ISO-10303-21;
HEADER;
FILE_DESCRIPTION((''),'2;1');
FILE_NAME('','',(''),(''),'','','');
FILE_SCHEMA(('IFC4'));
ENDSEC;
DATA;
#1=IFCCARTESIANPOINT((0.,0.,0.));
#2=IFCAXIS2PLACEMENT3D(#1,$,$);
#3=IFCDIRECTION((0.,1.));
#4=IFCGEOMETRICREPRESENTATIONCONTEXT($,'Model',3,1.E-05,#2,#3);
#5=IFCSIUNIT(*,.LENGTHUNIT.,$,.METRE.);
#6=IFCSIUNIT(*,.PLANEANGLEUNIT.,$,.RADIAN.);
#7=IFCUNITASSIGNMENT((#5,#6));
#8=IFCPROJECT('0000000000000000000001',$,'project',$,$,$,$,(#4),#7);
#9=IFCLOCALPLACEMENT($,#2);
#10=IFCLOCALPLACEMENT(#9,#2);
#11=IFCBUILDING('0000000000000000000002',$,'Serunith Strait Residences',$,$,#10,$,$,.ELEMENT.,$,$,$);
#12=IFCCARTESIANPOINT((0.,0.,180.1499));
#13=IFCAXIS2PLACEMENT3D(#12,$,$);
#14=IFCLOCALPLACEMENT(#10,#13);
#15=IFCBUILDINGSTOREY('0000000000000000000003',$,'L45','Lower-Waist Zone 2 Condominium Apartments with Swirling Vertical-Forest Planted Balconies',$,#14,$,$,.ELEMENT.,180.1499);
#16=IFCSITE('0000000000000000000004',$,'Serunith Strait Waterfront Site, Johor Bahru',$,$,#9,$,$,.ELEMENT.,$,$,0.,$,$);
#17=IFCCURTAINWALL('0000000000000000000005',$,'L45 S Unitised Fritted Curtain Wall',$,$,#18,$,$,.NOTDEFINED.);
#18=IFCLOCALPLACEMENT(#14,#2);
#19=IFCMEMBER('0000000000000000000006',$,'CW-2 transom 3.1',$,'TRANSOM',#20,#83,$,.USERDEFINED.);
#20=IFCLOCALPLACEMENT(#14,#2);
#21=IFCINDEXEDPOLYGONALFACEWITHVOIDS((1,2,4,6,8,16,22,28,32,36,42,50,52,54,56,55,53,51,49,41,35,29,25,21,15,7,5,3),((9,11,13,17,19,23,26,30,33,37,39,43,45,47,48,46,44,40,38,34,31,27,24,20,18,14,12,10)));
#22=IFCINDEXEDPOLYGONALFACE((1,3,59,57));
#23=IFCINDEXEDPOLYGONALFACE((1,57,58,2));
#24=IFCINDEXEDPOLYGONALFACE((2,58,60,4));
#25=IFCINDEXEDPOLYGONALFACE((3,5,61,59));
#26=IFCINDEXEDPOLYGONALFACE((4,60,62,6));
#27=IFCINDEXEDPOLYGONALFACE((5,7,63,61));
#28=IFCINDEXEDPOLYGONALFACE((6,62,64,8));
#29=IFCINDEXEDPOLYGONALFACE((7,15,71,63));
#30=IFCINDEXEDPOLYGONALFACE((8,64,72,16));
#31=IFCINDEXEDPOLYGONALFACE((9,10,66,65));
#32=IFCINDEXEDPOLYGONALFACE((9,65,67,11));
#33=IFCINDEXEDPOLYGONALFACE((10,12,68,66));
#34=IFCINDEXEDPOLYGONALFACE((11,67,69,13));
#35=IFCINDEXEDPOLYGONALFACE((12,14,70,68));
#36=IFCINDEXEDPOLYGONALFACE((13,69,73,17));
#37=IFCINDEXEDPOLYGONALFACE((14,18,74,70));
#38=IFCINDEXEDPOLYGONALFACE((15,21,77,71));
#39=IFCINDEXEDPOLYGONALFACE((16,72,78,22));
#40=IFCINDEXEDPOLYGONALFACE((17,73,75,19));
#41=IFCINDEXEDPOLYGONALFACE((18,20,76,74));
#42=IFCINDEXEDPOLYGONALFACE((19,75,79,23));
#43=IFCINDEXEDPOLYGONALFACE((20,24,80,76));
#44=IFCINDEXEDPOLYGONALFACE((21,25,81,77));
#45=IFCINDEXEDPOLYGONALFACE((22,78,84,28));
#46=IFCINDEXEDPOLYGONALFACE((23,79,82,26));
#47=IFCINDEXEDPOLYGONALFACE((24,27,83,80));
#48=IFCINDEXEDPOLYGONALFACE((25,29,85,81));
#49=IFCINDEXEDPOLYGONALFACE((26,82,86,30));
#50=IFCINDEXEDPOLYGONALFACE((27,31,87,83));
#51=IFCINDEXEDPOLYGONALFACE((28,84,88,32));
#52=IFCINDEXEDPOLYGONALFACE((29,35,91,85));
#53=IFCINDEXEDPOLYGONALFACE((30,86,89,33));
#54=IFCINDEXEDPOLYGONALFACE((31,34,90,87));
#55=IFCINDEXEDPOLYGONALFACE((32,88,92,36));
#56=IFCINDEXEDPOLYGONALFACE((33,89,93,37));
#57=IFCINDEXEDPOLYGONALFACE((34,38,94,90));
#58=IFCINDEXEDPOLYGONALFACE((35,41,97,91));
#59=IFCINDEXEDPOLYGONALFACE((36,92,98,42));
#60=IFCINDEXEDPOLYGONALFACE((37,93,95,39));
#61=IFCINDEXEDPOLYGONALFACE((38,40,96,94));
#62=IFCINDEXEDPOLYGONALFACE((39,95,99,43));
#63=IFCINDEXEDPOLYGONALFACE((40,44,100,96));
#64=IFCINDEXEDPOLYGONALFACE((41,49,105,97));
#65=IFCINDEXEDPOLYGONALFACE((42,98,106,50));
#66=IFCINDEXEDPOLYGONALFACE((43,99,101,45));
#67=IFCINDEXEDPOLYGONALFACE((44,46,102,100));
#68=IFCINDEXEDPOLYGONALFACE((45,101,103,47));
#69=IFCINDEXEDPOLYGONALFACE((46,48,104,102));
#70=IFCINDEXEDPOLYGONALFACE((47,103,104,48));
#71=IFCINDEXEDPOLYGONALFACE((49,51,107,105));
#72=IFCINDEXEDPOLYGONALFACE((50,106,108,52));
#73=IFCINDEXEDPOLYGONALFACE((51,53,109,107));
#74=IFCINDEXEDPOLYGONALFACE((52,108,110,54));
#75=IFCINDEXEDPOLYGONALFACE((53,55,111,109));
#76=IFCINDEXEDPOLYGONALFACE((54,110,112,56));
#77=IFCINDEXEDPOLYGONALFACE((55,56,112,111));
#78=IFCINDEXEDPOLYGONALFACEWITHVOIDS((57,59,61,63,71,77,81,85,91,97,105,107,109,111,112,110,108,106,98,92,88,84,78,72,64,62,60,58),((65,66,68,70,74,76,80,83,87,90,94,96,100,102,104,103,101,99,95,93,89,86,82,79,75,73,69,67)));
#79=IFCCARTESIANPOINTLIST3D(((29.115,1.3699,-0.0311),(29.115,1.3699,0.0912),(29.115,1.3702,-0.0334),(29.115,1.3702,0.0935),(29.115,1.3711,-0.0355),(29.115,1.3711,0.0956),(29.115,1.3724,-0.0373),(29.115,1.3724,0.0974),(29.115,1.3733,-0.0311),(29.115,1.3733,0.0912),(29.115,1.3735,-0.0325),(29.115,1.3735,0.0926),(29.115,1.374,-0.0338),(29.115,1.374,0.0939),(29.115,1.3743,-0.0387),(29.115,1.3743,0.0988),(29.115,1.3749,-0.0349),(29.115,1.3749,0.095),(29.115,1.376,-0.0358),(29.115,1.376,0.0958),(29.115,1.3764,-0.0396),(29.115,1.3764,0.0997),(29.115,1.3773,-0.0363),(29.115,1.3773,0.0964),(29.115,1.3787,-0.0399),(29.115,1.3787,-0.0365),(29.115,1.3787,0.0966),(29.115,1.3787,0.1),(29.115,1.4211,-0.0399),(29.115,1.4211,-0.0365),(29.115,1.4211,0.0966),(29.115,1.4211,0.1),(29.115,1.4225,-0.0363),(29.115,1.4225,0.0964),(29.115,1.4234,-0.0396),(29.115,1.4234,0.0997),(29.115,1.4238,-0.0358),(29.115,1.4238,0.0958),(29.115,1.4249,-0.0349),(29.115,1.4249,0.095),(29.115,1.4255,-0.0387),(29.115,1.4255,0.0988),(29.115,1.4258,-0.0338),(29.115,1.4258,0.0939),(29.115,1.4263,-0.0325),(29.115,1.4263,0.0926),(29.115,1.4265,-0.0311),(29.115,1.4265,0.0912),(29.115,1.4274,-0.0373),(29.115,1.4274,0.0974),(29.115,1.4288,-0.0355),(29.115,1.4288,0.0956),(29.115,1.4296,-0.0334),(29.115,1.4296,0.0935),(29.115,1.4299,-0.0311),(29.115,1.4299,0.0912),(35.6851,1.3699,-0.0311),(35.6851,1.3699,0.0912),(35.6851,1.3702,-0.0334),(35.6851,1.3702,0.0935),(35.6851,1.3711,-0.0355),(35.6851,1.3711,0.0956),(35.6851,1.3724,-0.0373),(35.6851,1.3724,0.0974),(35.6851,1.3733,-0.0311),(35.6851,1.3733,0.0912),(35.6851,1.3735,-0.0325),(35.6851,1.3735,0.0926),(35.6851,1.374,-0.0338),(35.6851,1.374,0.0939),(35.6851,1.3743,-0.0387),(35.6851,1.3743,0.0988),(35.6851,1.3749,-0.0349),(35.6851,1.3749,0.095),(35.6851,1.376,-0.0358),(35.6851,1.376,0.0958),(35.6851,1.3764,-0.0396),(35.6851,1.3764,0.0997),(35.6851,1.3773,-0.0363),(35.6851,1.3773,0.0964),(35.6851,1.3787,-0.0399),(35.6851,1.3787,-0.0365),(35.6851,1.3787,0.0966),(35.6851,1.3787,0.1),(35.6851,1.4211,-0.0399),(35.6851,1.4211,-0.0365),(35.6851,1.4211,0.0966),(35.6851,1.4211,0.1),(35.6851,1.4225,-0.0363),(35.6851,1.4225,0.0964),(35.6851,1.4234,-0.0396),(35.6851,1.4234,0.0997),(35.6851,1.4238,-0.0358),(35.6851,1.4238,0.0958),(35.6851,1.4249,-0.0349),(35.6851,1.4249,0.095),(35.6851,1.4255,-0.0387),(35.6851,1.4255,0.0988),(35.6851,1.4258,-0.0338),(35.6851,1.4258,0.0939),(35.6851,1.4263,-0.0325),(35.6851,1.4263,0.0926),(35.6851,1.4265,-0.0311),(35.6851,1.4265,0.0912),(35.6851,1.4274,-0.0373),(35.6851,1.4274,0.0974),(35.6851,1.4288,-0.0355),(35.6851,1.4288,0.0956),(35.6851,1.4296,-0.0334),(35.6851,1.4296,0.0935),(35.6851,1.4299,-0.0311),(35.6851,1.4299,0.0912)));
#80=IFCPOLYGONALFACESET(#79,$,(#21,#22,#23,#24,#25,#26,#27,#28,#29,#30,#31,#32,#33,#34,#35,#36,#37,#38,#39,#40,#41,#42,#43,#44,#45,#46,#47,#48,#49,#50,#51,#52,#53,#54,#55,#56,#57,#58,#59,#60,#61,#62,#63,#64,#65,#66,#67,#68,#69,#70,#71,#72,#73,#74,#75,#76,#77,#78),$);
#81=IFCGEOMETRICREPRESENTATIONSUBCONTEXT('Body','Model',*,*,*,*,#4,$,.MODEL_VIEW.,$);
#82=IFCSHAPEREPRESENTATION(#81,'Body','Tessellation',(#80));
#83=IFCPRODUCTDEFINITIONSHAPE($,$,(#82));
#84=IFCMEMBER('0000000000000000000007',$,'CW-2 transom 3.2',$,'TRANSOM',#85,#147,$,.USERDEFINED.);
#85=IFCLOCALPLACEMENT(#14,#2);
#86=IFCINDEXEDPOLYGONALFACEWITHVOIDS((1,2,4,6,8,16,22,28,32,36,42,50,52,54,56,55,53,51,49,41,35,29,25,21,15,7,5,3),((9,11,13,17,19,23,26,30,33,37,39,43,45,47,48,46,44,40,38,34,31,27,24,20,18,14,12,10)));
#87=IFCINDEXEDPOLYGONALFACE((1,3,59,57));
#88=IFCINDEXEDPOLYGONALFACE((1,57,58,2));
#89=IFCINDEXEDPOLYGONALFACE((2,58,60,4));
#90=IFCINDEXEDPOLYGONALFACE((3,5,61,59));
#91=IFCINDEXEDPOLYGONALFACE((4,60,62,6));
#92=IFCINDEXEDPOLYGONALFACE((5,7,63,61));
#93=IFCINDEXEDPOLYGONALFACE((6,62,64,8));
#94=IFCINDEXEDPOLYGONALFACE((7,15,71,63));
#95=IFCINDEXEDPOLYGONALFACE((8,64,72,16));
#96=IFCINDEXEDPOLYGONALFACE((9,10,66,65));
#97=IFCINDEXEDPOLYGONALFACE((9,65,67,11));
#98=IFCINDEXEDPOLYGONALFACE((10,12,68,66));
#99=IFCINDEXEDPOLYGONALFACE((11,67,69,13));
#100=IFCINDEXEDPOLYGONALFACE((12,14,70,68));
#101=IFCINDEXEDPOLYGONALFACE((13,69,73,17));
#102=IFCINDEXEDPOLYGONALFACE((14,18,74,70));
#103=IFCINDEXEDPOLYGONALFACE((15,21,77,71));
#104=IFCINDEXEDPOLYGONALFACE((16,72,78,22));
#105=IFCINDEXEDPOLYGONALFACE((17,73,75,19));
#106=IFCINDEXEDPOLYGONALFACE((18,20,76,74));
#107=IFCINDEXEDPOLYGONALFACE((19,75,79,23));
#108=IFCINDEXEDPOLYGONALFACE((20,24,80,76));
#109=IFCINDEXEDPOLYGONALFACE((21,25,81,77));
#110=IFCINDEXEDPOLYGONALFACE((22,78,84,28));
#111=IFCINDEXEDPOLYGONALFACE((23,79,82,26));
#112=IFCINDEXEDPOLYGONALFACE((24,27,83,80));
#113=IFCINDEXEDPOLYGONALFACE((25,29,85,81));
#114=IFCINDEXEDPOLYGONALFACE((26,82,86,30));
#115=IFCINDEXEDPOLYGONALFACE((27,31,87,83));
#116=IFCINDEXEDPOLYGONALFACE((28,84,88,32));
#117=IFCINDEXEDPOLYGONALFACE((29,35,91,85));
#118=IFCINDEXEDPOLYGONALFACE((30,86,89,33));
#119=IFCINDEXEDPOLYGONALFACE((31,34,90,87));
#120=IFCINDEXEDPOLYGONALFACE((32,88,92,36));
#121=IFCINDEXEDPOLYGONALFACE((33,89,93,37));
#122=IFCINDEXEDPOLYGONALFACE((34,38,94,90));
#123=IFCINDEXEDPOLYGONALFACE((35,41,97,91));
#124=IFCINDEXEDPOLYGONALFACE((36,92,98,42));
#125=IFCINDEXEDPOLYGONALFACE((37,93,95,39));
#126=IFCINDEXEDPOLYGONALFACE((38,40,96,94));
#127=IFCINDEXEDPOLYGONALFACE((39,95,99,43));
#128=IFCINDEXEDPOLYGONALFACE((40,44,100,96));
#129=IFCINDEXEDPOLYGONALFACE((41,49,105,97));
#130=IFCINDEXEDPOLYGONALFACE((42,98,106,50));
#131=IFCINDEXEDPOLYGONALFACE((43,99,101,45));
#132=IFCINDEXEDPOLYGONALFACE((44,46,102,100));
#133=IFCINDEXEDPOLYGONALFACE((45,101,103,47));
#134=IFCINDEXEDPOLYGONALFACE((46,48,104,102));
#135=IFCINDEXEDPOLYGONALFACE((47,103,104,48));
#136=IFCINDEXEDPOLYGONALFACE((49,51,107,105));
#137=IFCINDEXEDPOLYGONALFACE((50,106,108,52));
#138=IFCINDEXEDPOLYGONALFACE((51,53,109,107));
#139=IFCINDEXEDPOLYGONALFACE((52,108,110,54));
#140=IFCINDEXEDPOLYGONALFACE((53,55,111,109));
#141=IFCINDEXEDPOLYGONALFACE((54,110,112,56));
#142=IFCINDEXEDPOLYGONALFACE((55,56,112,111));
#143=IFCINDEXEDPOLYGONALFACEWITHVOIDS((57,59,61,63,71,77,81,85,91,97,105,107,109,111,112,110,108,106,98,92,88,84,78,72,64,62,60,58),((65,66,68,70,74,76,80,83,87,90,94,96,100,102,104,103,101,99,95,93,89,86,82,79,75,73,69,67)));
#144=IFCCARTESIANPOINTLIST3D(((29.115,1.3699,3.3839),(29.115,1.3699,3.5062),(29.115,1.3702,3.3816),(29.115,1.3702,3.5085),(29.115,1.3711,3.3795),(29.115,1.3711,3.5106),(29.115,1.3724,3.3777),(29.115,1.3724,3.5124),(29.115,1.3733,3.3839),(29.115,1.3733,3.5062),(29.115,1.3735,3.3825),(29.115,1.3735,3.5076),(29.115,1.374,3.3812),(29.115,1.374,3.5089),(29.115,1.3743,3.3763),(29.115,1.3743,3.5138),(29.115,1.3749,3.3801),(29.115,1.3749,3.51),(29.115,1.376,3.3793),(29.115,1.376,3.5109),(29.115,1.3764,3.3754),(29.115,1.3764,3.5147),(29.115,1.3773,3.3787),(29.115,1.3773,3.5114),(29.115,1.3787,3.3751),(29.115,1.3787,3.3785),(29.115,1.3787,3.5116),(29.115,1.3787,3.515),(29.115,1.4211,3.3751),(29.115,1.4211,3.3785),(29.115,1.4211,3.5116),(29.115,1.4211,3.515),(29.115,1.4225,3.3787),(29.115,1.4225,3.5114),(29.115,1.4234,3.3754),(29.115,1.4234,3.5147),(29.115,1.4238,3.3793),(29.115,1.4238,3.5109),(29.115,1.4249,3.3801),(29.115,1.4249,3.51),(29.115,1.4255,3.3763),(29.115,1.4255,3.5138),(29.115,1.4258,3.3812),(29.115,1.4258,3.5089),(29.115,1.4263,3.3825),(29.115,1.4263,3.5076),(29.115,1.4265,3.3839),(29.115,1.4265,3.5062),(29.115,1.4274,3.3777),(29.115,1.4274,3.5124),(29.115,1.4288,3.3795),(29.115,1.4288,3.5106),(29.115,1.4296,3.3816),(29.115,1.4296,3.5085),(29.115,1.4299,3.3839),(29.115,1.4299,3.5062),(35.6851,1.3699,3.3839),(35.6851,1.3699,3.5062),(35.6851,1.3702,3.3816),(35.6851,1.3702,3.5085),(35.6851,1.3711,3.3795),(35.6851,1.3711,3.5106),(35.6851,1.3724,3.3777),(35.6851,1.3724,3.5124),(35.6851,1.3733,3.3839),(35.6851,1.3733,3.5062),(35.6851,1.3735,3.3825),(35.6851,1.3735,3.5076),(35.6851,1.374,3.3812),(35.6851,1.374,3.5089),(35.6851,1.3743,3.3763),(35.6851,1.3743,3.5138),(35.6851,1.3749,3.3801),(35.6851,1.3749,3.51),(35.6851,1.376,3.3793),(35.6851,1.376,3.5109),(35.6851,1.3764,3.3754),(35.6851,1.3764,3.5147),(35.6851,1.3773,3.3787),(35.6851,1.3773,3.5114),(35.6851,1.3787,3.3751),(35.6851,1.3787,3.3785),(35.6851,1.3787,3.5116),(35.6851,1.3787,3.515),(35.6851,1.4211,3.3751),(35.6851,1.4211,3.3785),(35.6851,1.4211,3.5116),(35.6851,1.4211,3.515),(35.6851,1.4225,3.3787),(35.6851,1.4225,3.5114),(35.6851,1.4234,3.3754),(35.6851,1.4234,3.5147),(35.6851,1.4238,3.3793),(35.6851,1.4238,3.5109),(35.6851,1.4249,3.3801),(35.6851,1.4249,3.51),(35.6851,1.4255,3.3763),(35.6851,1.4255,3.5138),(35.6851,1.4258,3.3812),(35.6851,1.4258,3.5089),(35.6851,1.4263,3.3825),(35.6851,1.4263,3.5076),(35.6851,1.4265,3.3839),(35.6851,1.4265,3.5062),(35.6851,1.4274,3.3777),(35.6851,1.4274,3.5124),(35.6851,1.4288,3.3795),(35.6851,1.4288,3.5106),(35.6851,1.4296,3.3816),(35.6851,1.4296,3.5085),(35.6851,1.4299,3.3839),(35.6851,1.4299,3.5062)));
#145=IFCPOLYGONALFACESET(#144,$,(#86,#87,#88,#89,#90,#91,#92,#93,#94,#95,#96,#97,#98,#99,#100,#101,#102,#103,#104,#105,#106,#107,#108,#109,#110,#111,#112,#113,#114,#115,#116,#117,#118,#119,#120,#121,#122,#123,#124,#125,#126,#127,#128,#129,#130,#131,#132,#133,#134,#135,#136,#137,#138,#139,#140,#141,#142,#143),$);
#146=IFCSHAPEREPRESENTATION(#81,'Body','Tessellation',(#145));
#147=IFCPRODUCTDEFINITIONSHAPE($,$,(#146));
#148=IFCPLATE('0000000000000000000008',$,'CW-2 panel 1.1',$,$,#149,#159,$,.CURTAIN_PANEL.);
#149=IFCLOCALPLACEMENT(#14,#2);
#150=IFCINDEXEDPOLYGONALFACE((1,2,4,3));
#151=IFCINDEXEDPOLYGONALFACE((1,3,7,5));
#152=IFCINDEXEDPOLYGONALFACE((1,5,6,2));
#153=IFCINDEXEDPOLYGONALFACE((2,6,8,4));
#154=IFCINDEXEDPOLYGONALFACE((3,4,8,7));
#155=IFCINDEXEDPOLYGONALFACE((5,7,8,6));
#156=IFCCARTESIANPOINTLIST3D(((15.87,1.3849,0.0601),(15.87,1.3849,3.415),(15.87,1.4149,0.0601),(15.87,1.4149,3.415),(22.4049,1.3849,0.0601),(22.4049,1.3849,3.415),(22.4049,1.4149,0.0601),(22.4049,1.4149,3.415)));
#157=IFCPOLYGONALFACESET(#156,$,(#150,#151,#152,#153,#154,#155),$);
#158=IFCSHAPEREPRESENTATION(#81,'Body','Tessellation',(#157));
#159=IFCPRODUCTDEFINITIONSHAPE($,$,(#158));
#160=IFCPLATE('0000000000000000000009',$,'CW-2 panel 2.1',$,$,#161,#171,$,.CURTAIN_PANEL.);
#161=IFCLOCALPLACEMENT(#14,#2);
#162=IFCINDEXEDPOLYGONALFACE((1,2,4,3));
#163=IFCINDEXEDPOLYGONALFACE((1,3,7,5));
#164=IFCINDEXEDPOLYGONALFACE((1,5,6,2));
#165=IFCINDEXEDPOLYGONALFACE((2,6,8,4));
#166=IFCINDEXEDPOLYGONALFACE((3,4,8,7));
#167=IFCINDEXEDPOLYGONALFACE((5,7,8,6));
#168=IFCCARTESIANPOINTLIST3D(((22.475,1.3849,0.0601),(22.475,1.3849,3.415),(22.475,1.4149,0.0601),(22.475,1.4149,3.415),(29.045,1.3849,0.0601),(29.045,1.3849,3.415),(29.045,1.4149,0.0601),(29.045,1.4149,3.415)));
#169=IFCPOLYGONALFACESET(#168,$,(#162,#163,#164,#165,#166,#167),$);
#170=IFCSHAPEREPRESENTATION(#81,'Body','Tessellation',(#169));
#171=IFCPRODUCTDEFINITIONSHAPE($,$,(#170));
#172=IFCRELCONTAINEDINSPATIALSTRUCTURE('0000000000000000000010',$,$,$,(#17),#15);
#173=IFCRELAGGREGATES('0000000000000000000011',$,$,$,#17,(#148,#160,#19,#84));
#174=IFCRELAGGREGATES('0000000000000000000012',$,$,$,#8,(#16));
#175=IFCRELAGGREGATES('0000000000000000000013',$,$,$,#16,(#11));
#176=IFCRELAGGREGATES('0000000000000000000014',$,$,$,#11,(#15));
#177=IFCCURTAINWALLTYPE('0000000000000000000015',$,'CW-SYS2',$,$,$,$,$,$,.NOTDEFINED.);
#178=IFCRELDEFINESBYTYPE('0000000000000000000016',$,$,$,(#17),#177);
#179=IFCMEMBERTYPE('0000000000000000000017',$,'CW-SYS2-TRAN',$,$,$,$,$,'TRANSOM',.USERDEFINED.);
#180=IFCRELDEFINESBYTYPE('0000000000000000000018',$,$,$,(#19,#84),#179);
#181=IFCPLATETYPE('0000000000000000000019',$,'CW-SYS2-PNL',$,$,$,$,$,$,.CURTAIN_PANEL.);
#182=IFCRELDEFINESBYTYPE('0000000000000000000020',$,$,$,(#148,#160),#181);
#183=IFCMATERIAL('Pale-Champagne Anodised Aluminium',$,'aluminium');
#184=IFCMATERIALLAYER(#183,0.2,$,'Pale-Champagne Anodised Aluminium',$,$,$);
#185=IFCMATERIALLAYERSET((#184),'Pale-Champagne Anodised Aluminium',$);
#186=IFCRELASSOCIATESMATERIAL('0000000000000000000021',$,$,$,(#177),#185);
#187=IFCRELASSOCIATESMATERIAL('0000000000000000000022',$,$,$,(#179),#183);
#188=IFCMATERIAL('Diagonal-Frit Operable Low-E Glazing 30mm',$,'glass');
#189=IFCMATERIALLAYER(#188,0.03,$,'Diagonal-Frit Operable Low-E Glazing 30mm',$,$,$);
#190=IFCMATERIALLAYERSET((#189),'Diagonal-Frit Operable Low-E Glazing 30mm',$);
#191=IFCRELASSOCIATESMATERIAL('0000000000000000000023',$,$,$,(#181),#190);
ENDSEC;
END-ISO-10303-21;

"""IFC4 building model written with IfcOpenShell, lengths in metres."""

from ifc_helpers import new_model, si_unit, direction, frame, origin, origin_2d, place, context, subcontext, project, spatial, rectangle, hollow_rectangle, extrude, source, transform, mapped, material, layer, layer_set, material_profile, profile_set, type_object, element, aggregate, save


model = new_model("IFC4")

# Units and contexts
model_context = context("Model", 3, precision=1e-05, world=origin(), true_north=direction((0.0, 1.0)))
body_context = subcontext(model_context, "Body", "Model", "MODEL_VIEW")
ifc_project = project(units=[si_unit("LENGTHUNIT", "METRE"), si_unit("PLANEANGLEUNIT", "RADIAN")], contexts=[model_context])

# Site, building, storey
site_placement = place(None, origin())
site = spatial("IfcSite", under=ifc_project, at=site_placement, Name="Serunith Strait Waterfront Site, Johor Bahru", CompositionType="ELEMENT", RefElevation=0.0)
building_placement = place(site_placement, origin())
building = spatial("IfcBuilding", under=site, at=building_placement, Name="Serunith Strait Residences", CompositionType="ELEMENT")
storey_placement = place(building_placement, frame((0.0, 0.0, 180.1499)))
storey = spatial("IfcBuildingStorey", under=building, at=storey_placement, Name="L45", Description="Lower-Waist Zone 2 Condominium Apartments with Swirling Vertical-Forest Planted Balconies", CompositionType="ELEMENT", Elevation=180.1499)

# Curtain wall, members, plates
ifc_material_1 = material(Name="Pale-Champagne Anodised Aluminium", Category="aluminium")
ifc_layer_1 = layer(ifc_material_1, 0.2, Name="Pale-Champagne Anodised Aluminium")
ifc_layer_set_1 = layer_set([ifc_layer_1], Name="Pale-Champagne Anodised Aluminium")
curtain_wall_type = type_object("IfcCurtainWallType", Name="CW-SYS2", PredefinedType="NOTDEFINED", material=ifc_layer_set_1)
curtain_wall_placement = place(storey_placement, origin())
curtain_wall = element("IfcCurtainWall", 1, at=curtain_wall_placement, inside=storey, type_object=curtain_wall_type, Name="L45 S Unitised Fritted Curtain Wall", PredefinedType="NOTDEFINED")
ifc_material_profile_1 = material_profile(ifc_material_1, hollow_rectangle(XDim=0.0601, YDim=0.1399, WallThickness=0.0034, InnerFilletRadius=0.0054, OuterFilletRadius=0.0088, at=origin_2d()), Name="ALU 140x60x3.5")
ifc_profile_set_1 = profile_set([ifc_material_profile_1], Name="Pale-Champagne Anodised Aluminium")
member_type_1 = type_object("IfcMemberType", Name="CW-SYS2-TRAN", ElementType="TRANSOM", PredefinedType="USERDEFINED", material=ifc_profile_set_1)
shared_shape_1 = source(origin(), body_context, "Body", "SweptSolid", [
    extrude(hollow_rectangle(XDim=0.0601, YDim=0.1399, WallThickness=0.0034, InnerFilletRadius=0.0054, OuterFilletRadius=0.0088, at=origin_2d()), origin(), (0.0, 0.0, 1.0), 6.5701),
])
member_1_placement = place(storey_placement, frame((29.115, 1.3999, 0.03), z_axis=(1.0, 0.0, 0.0), x_axis=(0.0, 1.0, 0.0)))
member_1 = element("IfcMember", 2, at=member_1_placement, type_object=member_type_1, Name="CW-2 transom 3.1", ObjectType="TRANSOM", PredefinedType="USERDEFINED", context=body_context, shape_type="MappedRepresentation", body=[
    mapped(shared_shape_1, transform((0.0, 0.0, 0.0), scale=1.0)),
])
member_2_placement = place(storey_placement, frame((29.115, 1.3999, 3.4451), z_axis=(1.0, 0.0, 0.0), x_axis=(0.0, 1.0, 0.0)))
member_2 = element("IfcMember", 3, at=member_2_placement, type_object=member_type_1, Name="CW-2 transom 3.2", ObjectType="TRANSOM", PredefinedType="USERDEFINED", context=body_context, shape_type="MappedRepresentation", body=[
    mapped(shared_shape_1, transform((0.0, 0.0, 0.0), scale=1.0)),
])
ifc_material_2 = material(Name="Diagonal-Frit Operable Low-E Glazing 30mm", Category="glass")
ifc_layer_2 = layer(ifc_material_2, 0.03, Name="Diagonal-Frit Operable Low-E Glazing 30mm")
ifc_layer_set_2 = layer_set([ifc_layer_2], Name="Diagonal-Frit Operable Low-E Glazing 30mm")
plate_type = type_object("IfcPlateType", Name="CW-SYS2-PNL", PredefinedType="CURTAIN_PANEL", material=ifc_layer_set_2)
shared_shape_2 = source(origin(), body_context, "Body", "SweptSolid", [
    extrude(rectangle(XDim=6.5349, YDim=0.03, at=origin_2d()), origin(), (0.0, 0.0, 1.0), 3.355),
])
plate_1_placement = place(storey_placement, frame((19.1375, 1.3999, 0.0601), z_axis=(0.0, 0.0, 1.0), x_axis=(1.0, 0.0, 0.0)))
plate_1 = element("IfcPlate", 4, at=plate_1_placement, type_object=plate_type, Name="CW-2 panel 1.1", PredefinedType="CURTAIN_PANEL", context=body_context, shape_type="MappedRepresentation", body=[
    mapped(shared_shape_2, transform((0.0, 0.0, 0.0), scale=1.0)),
])
shared_shape_3 = source(origin(), body_context, "Body", "SweptSolid", [
    extrude(rectangle(XDim=6.5701, YDim=0.03, at=origin_2d()), origin(), (0.0, 0.0, 1.0), 3.355),
])
plate_2_placement = place(storey_placement, frame((25.76, 1.3999, 0.0601), z_axis=(0.0, 0.0, 1.0), x_axis=(1.0, 0.0, 0.0)))
plate_2 = element("IfcPlate", 5, at=plate_2_placement, type_object=plate_type, Name="CW-2 panel 2.1", PredefinedType="CURTAIN_PANEL", context=body_context, shape_type="MappedRepresentation", body=[
    mapped(shared_shape_3, transform((0.0, 0.0, 0.0), scale=1.0)),
])
aggregate(curtain_wall, [plate_1, plate_2, member_1, member_2])

save(model, "model.ifc")
